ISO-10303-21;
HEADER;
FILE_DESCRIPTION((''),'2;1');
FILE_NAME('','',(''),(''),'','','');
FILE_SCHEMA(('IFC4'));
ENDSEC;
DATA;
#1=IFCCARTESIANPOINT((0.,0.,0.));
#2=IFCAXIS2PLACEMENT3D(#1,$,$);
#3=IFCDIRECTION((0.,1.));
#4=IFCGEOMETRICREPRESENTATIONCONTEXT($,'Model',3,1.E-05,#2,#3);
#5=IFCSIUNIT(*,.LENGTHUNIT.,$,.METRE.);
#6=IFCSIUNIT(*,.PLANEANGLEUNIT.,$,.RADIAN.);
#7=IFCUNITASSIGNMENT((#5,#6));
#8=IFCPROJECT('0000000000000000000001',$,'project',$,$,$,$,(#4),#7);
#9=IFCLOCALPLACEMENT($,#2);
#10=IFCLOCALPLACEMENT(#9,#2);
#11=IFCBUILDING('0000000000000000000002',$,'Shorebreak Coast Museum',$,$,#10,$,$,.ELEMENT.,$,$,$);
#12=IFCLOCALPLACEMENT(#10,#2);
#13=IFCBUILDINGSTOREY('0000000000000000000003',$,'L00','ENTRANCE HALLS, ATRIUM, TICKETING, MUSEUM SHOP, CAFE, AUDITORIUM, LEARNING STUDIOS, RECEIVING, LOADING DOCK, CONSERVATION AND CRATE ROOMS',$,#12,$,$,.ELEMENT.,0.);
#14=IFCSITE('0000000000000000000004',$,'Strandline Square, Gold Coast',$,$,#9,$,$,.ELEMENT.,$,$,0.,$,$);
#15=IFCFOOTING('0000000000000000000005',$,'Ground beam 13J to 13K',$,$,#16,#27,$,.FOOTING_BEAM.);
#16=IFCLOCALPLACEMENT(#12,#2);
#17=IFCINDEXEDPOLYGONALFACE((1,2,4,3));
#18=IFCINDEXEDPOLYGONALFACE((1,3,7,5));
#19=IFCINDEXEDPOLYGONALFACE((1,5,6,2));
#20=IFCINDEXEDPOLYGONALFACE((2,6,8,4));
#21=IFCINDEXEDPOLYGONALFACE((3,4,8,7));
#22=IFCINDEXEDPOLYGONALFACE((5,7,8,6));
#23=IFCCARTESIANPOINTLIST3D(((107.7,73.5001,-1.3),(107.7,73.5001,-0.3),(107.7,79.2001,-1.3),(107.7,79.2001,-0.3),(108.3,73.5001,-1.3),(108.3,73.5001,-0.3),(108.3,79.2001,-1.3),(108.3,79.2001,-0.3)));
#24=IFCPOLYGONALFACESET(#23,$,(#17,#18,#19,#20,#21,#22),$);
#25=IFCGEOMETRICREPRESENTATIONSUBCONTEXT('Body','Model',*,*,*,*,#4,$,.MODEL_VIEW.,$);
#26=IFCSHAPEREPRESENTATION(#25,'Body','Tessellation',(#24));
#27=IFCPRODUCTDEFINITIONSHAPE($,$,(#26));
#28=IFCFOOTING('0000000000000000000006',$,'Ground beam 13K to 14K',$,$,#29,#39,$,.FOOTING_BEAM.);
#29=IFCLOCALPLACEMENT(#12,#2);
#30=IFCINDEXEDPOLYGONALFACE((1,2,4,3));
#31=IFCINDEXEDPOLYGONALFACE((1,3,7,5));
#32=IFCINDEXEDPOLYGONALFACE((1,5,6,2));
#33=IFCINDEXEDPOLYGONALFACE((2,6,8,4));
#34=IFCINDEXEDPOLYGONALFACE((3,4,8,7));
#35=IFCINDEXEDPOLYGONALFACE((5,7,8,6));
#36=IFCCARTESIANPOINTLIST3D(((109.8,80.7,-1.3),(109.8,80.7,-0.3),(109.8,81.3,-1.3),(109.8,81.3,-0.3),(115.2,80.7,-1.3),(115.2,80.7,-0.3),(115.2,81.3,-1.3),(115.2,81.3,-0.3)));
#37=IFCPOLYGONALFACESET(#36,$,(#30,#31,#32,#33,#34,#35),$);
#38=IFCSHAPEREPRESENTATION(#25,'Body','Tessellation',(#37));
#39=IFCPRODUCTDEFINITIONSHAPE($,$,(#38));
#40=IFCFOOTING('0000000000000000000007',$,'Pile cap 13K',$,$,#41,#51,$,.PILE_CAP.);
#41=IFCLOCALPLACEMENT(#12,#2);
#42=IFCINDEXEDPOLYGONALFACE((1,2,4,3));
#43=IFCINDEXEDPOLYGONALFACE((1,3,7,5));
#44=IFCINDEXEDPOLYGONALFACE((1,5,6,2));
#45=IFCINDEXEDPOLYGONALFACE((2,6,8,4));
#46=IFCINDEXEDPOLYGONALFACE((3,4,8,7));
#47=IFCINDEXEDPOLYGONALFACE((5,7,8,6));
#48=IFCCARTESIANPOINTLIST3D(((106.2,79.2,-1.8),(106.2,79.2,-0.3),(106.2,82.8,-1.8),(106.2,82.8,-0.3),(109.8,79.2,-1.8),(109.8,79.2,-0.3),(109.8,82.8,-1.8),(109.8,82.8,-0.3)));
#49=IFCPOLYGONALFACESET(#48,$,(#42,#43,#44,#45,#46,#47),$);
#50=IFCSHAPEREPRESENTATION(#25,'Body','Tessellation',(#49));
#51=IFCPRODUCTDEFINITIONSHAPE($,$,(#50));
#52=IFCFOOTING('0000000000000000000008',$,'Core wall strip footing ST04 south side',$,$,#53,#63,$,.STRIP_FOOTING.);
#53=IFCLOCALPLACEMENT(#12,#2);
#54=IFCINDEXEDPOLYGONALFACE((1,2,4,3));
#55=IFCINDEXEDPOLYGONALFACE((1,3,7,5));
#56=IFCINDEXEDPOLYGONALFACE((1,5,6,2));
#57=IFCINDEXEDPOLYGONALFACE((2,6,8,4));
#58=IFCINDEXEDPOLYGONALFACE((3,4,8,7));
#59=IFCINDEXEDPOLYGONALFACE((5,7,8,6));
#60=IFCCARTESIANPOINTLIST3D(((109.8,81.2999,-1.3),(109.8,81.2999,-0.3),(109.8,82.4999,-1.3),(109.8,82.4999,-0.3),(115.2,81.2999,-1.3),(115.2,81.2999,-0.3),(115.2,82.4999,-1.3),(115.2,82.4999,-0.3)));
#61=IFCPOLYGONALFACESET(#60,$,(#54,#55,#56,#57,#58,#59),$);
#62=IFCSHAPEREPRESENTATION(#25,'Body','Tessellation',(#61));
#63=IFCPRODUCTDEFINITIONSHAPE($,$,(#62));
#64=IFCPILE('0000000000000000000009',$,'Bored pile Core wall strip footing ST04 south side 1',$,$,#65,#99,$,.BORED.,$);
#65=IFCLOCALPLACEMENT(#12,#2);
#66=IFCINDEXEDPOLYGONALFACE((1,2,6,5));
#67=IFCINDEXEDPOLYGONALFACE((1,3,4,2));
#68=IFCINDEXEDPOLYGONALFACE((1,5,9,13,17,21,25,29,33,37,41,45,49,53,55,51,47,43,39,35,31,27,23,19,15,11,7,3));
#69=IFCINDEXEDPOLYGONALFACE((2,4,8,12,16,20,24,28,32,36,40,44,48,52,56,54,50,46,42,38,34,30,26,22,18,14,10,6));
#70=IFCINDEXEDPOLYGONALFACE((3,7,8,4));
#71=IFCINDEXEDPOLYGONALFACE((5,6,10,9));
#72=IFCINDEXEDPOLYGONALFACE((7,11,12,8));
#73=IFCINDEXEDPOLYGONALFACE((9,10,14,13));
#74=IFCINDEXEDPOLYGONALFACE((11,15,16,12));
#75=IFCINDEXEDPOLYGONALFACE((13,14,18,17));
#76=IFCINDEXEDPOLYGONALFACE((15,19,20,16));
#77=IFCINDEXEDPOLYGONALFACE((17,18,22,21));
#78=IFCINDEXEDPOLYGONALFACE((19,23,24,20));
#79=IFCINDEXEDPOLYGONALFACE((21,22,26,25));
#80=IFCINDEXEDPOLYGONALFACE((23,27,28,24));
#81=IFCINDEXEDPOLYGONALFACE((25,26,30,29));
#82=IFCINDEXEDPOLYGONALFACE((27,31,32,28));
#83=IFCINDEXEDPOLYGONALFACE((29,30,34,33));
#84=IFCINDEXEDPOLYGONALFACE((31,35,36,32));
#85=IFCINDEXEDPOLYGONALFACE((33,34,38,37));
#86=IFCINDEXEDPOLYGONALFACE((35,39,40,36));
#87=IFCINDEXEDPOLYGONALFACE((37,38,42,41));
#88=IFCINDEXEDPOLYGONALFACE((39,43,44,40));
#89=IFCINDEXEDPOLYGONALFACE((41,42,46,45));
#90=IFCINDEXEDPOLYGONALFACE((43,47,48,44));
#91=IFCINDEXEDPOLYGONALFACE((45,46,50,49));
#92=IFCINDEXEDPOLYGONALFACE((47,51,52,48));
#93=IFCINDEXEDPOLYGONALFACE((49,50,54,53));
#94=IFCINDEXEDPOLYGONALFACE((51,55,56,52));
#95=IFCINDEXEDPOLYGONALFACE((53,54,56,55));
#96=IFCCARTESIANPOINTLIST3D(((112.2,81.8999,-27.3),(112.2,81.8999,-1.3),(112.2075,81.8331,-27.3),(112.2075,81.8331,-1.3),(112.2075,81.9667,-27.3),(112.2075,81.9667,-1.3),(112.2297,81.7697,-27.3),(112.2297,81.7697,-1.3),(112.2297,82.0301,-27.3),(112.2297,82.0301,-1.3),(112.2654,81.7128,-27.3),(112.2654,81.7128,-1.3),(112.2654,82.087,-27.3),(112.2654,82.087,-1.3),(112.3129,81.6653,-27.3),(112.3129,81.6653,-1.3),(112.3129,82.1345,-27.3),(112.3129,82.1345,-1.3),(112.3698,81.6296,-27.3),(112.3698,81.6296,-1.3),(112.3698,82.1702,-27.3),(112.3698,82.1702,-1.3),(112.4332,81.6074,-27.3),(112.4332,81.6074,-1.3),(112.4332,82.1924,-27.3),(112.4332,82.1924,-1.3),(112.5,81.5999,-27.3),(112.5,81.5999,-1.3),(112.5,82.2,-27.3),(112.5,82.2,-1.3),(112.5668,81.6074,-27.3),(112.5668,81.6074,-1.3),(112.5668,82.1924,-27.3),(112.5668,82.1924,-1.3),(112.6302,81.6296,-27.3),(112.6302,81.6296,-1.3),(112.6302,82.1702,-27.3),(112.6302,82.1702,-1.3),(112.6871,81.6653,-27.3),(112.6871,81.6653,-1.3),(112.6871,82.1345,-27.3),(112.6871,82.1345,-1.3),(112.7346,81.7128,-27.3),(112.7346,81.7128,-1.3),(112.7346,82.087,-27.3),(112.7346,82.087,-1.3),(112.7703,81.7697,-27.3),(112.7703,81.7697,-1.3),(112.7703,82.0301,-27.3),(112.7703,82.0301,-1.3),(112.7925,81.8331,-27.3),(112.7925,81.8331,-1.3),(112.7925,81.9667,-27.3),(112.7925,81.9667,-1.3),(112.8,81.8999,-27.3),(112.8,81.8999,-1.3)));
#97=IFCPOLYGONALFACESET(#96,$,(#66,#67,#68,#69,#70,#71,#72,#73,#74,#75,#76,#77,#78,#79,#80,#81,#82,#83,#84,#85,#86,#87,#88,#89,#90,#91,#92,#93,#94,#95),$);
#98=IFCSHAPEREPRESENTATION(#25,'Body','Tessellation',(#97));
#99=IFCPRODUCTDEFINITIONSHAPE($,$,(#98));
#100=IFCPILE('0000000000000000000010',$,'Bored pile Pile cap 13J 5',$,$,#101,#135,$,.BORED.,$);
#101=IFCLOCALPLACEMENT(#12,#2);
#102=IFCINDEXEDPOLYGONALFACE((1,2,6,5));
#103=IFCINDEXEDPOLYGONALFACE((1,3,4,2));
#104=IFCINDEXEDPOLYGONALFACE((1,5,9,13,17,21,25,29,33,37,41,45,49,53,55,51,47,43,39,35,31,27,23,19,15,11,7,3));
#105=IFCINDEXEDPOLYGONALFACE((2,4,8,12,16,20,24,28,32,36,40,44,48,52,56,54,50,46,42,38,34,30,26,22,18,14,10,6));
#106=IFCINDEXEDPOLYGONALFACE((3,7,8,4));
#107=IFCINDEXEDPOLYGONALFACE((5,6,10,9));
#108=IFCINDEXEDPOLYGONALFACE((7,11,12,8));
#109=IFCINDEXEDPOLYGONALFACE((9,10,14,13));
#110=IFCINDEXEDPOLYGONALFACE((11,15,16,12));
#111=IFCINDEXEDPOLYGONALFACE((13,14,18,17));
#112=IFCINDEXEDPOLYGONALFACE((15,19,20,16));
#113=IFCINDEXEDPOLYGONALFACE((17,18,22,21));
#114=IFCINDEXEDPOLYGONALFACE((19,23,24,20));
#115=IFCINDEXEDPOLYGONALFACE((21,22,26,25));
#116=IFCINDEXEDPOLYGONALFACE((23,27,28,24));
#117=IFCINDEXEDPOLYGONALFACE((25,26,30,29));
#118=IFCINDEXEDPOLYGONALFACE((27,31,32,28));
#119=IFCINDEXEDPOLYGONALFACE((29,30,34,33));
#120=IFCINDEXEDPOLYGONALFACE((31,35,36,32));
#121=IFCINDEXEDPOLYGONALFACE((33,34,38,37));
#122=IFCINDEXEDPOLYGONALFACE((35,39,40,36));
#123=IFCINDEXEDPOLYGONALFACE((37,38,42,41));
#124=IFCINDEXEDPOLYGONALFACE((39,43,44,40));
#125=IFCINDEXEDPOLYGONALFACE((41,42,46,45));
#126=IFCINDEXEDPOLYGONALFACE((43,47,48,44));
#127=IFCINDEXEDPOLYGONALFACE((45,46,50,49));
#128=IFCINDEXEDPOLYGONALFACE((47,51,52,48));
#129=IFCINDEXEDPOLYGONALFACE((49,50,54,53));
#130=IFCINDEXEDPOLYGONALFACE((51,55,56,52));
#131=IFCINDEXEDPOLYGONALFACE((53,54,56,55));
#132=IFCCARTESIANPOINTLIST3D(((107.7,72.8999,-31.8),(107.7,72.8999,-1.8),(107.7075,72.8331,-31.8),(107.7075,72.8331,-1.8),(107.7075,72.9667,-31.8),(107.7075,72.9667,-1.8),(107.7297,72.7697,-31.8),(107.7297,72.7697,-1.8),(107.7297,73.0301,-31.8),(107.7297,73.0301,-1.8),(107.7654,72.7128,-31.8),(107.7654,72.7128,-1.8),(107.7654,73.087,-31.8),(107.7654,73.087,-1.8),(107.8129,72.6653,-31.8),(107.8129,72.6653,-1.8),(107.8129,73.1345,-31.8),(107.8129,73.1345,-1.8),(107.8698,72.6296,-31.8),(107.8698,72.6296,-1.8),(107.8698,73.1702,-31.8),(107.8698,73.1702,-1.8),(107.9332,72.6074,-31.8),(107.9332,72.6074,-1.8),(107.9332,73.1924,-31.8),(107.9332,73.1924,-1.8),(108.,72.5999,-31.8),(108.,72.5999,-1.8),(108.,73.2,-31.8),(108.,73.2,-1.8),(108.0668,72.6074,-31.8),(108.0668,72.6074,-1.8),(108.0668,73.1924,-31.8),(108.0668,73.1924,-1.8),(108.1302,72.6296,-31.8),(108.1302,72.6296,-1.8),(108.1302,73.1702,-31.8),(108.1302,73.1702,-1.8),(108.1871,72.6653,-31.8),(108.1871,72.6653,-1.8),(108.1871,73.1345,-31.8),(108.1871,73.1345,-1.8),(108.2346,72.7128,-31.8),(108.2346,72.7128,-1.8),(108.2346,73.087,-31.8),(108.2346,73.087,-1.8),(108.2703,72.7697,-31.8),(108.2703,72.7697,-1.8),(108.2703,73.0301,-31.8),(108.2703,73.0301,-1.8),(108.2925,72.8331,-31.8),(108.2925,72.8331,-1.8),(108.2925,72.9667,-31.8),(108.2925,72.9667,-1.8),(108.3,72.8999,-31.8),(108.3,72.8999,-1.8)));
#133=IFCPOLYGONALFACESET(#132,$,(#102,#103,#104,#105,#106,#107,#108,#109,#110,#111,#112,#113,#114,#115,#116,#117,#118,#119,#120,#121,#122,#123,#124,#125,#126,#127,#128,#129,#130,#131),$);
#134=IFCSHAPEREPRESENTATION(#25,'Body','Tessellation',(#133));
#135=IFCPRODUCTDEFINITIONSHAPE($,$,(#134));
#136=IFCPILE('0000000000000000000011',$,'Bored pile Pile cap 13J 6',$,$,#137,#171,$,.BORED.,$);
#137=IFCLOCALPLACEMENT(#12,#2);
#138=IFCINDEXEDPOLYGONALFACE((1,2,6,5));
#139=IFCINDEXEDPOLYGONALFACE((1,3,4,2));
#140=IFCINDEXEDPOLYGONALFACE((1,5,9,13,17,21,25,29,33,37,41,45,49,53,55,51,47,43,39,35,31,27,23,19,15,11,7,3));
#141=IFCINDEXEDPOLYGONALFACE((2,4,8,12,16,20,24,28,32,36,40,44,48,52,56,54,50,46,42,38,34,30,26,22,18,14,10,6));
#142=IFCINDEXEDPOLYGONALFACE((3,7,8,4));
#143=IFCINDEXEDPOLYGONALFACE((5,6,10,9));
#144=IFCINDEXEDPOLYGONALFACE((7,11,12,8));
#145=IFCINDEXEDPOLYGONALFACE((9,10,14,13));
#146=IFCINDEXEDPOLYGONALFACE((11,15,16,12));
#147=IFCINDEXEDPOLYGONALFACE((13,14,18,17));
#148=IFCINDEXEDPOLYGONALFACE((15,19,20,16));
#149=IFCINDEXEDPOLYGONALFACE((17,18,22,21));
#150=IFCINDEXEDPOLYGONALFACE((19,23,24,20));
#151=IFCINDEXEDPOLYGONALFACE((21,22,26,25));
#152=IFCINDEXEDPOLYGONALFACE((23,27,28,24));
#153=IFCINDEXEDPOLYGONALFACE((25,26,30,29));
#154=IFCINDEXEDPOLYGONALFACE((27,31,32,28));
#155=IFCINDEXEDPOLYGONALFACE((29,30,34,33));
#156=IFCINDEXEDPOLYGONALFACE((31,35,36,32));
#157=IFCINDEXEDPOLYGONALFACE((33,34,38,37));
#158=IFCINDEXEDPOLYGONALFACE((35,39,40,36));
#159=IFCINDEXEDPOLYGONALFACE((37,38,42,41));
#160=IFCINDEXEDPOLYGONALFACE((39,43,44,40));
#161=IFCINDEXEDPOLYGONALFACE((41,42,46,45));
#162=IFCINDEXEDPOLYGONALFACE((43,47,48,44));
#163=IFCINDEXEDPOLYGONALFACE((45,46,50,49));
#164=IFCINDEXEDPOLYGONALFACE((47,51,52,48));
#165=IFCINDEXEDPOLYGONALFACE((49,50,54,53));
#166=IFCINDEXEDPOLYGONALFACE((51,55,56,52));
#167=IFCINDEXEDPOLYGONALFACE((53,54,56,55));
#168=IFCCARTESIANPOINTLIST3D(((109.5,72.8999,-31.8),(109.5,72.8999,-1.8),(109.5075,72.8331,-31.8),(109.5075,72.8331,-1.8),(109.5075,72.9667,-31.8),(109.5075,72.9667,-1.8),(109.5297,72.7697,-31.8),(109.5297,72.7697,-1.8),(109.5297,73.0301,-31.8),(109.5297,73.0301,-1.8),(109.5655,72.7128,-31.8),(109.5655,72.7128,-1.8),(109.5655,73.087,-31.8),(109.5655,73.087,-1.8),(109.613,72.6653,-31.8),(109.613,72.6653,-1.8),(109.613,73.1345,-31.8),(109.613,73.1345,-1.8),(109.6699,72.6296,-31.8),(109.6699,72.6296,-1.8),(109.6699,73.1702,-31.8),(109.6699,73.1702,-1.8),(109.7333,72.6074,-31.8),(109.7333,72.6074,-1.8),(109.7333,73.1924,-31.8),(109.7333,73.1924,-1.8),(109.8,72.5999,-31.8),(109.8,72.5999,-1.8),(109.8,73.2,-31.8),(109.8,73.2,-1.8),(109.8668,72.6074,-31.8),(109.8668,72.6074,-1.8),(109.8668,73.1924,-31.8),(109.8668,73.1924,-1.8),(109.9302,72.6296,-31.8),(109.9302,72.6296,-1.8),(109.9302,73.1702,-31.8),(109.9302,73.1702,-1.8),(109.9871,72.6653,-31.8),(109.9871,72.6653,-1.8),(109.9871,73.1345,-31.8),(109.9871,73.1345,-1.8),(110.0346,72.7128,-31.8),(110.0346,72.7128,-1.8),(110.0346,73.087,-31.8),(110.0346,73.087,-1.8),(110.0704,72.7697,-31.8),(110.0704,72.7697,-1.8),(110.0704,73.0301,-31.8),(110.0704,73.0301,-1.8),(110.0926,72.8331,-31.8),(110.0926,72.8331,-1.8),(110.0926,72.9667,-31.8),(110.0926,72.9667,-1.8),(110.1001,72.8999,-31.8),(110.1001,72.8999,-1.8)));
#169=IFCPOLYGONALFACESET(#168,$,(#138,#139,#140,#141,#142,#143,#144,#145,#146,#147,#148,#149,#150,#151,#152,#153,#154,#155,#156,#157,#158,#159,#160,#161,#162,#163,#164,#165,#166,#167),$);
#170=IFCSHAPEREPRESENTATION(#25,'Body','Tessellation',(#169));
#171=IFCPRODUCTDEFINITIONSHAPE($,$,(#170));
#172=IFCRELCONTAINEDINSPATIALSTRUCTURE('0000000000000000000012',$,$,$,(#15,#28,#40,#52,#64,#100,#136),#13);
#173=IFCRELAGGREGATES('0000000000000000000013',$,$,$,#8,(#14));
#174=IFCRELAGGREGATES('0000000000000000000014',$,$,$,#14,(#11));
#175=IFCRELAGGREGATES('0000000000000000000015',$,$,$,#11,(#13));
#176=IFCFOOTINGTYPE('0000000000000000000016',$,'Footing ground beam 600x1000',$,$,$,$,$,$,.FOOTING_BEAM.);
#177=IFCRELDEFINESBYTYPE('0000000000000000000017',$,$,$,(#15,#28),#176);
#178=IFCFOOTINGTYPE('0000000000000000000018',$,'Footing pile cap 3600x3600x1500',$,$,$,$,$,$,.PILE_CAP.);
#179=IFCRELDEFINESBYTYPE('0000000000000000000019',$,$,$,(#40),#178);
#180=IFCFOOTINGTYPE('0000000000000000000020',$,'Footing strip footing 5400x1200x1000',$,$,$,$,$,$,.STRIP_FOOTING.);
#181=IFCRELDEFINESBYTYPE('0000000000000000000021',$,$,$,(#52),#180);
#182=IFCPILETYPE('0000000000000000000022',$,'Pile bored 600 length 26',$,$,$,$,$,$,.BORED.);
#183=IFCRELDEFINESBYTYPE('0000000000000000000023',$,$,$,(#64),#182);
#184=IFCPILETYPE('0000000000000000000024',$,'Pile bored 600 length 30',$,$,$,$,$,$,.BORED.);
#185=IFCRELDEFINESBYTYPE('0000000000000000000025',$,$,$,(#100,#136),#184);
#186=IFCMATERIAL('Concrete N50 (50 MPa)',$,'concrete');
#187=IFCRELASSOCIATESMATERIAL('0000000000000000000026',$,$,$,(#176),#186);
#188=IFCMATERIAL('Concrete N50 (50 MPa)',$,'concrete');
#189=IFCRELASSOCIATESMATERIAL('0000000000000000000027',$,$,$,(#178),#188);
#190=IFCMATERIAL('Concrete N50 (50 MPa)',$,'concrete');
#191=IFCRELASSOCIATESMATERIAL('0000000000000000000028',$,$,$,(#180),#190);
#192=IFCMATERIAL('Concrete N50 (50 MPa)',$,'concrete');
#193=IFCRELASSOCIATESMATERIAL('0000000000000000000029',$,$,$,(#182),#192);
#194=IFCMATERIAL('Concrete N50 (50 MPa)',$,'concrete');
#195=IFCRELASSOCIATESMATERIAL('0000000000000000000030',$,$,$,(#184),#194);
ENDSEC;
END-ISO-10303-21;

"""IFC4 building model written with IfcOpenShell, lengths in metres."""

from ifc_helpers import new_model, si_unit, direction, frame, origin, origin_2d, place, context, subcontext, project, spatial, rectangle, circle, extrude, material, material_profile, profile_set, type_object, element, save


model = new_model("IFC4")

# Units and contexts
model_context = context("Model", 3, precision=1e-05, world=origin(), true_north=direction((0.0, 1.0)))
body_context = subcontext(model_context, "Body", "Model", "MODEL_VIEW")
ifc_project = project(units=[si_unit("LENGTHUNIT", "METRE"), si_unit("PLANEANGLEUNIT", "RADIAN")], contexts=[model_context])

# Site, building, storey
site_placement = place(None, origin())
site = spatial("IfcSite", under=ifc_project, at=site_placement, Name="Strandline Square, Gold Coast", CompositionType="ELEMENT", RefElevation=0.0)
building_placement = place(site_placement, origin())
building = spatial("IfcBuilding", under=site, at=building_placement, Name="Shorebreak Coast Museum", CompositionType="ELEMENT")
storey_placement = place(building_placement, origin())
storey = spatial("IfcBuildingStorey", under=building, at=storey_placement, Name="L00", Description="ENTRANCE HALLS, ATRIUM, TICKETING, MUSEUM SHOP, CAFE, AUDITORIUM, LEARNING STUDIOS, RECEIVING, LOADING DOCK, CONSERVATION AND CRATE ROOMS", CompositionType="ELEMENT", Elevation=0.0)

# Footings
ifc_material_1 = material(Name="Concrete N50 (50 MPa)", Category="concrete")
footing_type_1 = type_object("IfcFootingType", Name="Footing ground beam 600x1000", PredefinedType="FOOTING_BEAM", material=ifc_material_1)
footing_1_placement = place(storey_placement, frame((108.0, 76.3501, -1.3), z_axis=(0.0, 0.0, 1.0), x_axis=(1.0, 0.0, 0.0)))
element("IfcFooting", 1, at=footing_1_placement, inside=storey, type_object=footing_type_1, Name="Ground beam 13J to 13K", PredefinedType="FOOTING_BEAM", context=body_context, shape_type="SweptSolid", body=[
    extrude(rectangle(XDim=0.6001, YDim=5.7, at=origin_2d()), origin(), (0.0, 0.0, 1.0), 1.0),
])
footing_2_placement = place(storey_placement, frame((112.5, 81.0, -1.3), z_axis=(0.0, 0.0, 1.0), x_axis=(1.0, 0.0, 0.0)))
element("IfcFooting", 2, at=footing_2_placement, inside=storey, type_object=footing_type_1, Name="Ground beam 13K to 14K", PredefinedType="FOOTING_BEAM", context=body_context, shape_type="SweptSolid", body=[
    extrude(rectangle(XDim=5.3999, YDim=0.6001, at=origin_2d()), origin(), (0.0, 0.0, 1.0), 1.0),
])
ifc_material_2 = material(Name="Concrete N50 (50 MPa)", Category="concrete")
footing_type_2 = type_object("IfcFootingType", Name="Footing pile cap 3600x3600x1500", PredefinedType="PILE_CAP", material=ifc_material_2)
footing_3_placement = place(storey_placement, frame((108.0, 81.0, -1.8), z_axis=(0.0, 0.0, 1.0), x_axis=(1.0, 0.0, 0.0)))
element("IfcFooting", 3, at=footing_3_placement, inside=storey, type_object=footing_type_2, Name="Pile cap 13K", PredefinedType="PILE_CAP", context=body_context, shape_type="SweptSolid", body=[
    extrude(rectangle(XDim=3.6001, YDim=3.6001, at=origin_2d()), origin(), (0.0, 0.0, 1.0), 1.5),
])
ifc_material_3 = material(Name="Concrete N50 (50 MPa)", Category="concrete")
footing_type_3 = type_object("IfcFootingType", Name="Footing strip footing 5400x1200x1000", PredefinedType="STRIP_FOOTING", material=ifc_material_3)
footing_4_placement = place(storey_placement, frame((112.5, 81.8999, -1.3), z_axis=(0.0, 0.0, 1.0), x_axis=(1.0, 0.0, 0.0)))
element("IfcFooting", 4, at=footing_4_placement, inside=storey, type_object=footing_type_3, Name="Core wall strip footing ST04 south side", PredefinedType="STRIP_FOOTING", context=body_context, shape_type="SweptSolid", body=[
    extrude(rectangle(XDim=5.3999, YDim=1.2, at=origin_2d()), origin(), (0.0, 0.0, 1.0), 1.0),
])

# Piles
ifc_material_4 = material(Name="Concrete N50 (50 MPa)", Category="concrete")
ifc_material_profile_1 = material_profile(ifc_material_4, circle(Radius=0.3, at=origin_2d()), Name="Pile bored 600 length 26")
ifc_profile_set_1 = profile_set([ifc_material_profile_1], Name="Concrete N50 (50 MPa)")
pile_type_1 = type_object("IfcPileType", Name="Pile bored 600 length 26", PredefinedType="BORED", material=ifc_profile_set_1)
pile_placement = place(storey_placement, frame((112.5, 81.8999, -1.3), z_axis=(0.0, 0.0, -1.0), x_axis=(1.0, 0.0, 0.0)))
element("IfcPile", 5, at=pile_placement, inside=storey, type_object=pile_type_1, Name="Bored pile Core wall strip footing ST04 south side 1", PredefinedType="BORED", context=body_context, shape_type="SweptSolid", body=[
    extrude(circle(Radius=0.3, at=origin_2d()), origin(), (0.0, 0.0, 1.0), 26.0),
])
ifc_material_5 = material(Name="Concrete N50 (50 MPa)", Category="concrete")
ifc_material_profile_2 = material_profile(ifc_material_5, circle(Radius=0.3, at=origin_2d()), Name="Pile bored 600 length 30")
ifc_profile_set_2 = profile_set([ifc_material_profile_2], Name="Concrete N50 (50 MPa)")
pile_type_2 = type_object("IfcPileType", Name="Pile bored 600 length 30", PredefinedType="BORED", material=ifc_profile_set_2)
for number, where, z_axis, x_axis, name in (
    (6, (108.0, 72.8999, -1.8), (0.0, 0.0, -1.0), (1.0, 0.0, 0.0), "Bored pile Pile cap 13J 5"),
    (7, (109.8, 72.8999, -1.8), (0.0, 0.0, -1.0), (1.0, 0.0, 0.0), "Bored pile Pile cap 13J 6"),
):
    element("IfcPile", number, at=place(storey_placement, frame(where, z_axis=z_axis, x_axis=x_axis)), inside=storey, type_object=pile_type_2, Name=name, PredefinedType="BORED", context=body_context, shape_type="SweptSolid", body=[
        extrude(circle(Radius=0.3, at=origin_2d()), origin(), (0.0, 0.0, 1.0), 30.0),
    ])

save(model, "model.ifc")
